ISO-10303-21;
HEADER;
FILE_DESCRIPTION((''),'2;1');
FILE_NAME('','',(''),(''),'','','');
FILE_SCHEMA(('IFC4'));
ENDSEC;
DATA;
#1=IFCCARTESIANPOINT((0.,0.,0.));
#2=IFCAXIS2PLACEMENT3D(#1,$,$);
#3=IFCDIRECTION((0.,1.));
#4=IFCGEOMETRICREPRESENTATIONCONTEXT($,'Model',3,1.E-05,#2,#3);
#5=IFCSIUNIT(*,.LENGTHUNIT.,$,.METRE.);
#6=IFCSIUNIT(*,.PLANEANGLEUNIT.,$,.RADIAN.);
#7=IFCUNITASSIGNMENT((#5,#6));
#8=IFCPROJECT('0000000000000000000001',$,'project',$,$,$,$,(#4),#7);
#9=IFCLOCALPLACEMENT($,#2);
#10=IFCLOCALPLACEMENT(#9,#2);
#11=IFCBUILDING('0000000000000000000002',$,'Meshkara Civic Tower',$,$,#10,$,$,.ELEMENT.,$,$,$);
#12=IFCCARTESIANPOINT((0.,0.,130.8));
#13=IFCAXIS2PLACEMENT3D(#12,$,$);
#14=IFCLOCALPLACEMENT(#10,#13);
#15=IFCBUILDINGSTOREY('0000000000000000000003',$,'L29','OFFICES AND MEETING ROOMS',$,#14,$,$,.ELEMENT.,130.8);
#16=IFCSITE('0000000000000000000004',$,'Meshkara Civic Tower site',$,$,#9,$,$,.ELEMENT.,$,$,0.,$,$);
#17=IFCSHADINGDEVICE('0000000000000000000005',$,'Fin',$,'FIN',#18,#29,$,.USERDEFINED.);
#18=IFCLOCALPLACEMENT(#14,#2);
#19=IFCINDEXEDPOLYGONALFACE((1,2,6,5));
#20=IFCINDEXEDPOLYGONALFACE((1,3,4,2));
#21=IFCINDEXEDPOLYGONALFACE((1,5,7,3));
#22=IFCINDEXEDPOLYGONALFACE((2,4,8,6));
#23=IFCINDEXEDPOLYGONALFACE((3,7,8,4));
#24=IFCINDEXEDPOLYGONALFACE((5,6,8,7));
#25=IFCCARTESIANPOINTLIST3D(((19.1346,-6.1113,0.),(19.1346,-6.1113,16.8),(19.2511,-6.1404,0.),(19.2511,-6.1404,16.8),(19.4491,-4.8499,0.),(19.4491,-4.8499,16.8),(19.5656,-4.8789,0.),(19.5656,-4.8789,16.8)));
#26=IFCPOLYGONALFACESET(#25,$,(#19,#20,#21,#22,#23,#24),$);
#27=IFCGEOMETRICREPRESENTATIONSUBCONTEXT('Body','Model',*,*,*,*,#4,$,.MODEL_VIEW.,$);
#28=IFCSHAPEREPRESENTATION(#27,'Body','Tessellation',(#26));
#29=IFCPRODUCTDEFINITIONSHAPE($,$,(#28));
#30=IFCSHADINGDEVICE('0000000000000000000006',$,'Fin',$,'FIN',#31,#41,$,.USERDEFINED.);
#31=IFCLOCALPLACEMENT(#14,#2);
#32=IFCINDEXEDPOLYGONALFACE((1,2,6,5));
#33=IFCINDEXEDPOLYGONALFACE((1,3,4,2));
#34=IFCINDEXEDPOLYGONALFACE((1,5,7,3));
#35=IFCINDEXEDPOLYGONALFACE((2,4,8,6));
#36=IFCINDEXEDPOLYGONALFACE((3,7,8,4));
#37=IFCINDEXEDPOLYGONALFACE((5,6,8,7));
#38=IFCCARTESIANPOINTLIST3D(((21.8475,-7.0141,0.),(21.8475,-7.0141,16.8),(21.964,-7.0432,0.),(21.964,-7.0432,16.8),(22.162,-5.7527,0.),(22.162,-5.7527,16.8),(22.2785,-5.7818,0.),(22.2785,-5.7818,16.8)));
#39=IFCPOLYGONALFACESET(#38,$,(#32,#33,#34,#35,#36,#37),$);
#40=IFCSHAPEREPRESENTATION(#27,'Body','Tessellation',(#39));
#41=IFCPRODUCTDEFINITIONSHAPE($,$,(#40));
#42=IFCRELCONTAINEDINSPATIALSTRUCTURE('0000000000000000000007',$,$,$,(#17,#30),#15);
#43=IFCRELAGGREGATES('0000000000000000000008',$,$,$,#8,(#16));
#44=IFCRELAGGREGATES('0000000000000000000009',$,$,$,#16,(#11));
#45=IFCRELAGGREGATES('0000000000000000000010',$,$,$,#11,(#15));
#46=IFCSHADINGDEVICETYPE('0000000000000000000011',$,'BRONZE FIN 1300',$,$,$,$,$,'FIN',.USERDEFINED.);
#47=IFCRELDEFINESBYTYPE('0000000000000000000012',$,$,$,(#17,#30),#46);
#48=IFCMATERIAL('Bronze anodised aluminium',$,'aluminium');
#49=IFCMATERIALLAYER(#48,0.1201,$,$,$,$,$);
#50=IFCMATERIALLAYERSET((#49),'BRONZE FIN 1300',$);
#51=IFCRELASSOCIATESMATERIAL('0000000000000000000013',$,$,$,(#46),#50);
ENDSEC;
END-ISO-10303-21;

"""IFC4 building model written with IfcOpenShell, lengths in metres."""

from ifc_helpers import new_model, si_unit, direction, frame, origin, origin_2d, place, context, subcontext, project, spatial, rectangle, extrude, material, layer, layer_set, type_object, element, save


model = new_model("IFC4")

# Units and contexts
model_context = context("Model", 3, precision=1e-05, world=origin(), true_north=direction((0.0, 1.0)))
body_context = subcontext(model_context, "Body", "Model", "MODEL_VIEW")
ifc_project = project(units=[si_unit("LENGTHUNIT", "METRE"), si_unit("PLANEANGLEUNIT", "RADIAN")], contexts=[model_context])

# Site, building, storey
site_placement = place(None, origin())
site = spatial("IfcSite", under=ifc_project, at=site_placement, Name="Meshkara Civic Tower site", CompositionType="ELEMENT", RefElevation=0.0)
building_placement = place(site_placement, origin())
building = spatial("IfcBuilding", under=site, at=building_placement, Name="Meshkara Civic Tower", CompositionType="ELEMENT")
storey_placement = place(building_placement, frame((0.0, 0.0, 130.8)))
storey = spatial("IfcBuildingStorey", under=building, at=storey_placement, Name="L29", Description="OFFICES AND MEETING ROOMS", CompositionType="ELEMENT", Elevation=130.8)

# Shading devices
ifc_material_1 = material(Name="Bronze anodised aluminium", Category="aluminium")
ifc_layer_1 = layer(ifc_material_1, 0.1201)
ifc_layer_set_1 = layer_set([ifc_layer_1], Name="BRONZE FIN 1300")
shading_device_type = type_object("IfcShadingDeviceType", Name="BRONZE FIN 1300", ElementType="FIN", PredefinedType="USERDEFINED", material=ifc_layer_set_1)
for number, where, z_axis, x_axis, name in (
    (1, (19.3501, -5.4951, 0.0), (0.0, 0.0, 1.0), (0.9703, -0.241905, 0.0), "Fin"),
    (2, (22.063, -6.3979, 0.0), (0.0, 0.0, 1.0), (0.9703, -0.241905, 0.0), "Fin"),
):
    element("IfcShadingDevice", number, at=place(storey_placement, frame(where, z_axis=z_axis, x_axis=x_axis)), inside=storey, type_object=shading_device_type, Name=name, ObjectType="FIN", PredefinedType="USERDEFINED", context=body_context, shape_type="SweptSolid", body=[
        extrude(rectangle(XDim=0.1201, YDim=1.3, at=origin_2d()), origin(), (0.0, 0.0, 1.0), 16.8),
    ])

save(model, "model.ifc")
